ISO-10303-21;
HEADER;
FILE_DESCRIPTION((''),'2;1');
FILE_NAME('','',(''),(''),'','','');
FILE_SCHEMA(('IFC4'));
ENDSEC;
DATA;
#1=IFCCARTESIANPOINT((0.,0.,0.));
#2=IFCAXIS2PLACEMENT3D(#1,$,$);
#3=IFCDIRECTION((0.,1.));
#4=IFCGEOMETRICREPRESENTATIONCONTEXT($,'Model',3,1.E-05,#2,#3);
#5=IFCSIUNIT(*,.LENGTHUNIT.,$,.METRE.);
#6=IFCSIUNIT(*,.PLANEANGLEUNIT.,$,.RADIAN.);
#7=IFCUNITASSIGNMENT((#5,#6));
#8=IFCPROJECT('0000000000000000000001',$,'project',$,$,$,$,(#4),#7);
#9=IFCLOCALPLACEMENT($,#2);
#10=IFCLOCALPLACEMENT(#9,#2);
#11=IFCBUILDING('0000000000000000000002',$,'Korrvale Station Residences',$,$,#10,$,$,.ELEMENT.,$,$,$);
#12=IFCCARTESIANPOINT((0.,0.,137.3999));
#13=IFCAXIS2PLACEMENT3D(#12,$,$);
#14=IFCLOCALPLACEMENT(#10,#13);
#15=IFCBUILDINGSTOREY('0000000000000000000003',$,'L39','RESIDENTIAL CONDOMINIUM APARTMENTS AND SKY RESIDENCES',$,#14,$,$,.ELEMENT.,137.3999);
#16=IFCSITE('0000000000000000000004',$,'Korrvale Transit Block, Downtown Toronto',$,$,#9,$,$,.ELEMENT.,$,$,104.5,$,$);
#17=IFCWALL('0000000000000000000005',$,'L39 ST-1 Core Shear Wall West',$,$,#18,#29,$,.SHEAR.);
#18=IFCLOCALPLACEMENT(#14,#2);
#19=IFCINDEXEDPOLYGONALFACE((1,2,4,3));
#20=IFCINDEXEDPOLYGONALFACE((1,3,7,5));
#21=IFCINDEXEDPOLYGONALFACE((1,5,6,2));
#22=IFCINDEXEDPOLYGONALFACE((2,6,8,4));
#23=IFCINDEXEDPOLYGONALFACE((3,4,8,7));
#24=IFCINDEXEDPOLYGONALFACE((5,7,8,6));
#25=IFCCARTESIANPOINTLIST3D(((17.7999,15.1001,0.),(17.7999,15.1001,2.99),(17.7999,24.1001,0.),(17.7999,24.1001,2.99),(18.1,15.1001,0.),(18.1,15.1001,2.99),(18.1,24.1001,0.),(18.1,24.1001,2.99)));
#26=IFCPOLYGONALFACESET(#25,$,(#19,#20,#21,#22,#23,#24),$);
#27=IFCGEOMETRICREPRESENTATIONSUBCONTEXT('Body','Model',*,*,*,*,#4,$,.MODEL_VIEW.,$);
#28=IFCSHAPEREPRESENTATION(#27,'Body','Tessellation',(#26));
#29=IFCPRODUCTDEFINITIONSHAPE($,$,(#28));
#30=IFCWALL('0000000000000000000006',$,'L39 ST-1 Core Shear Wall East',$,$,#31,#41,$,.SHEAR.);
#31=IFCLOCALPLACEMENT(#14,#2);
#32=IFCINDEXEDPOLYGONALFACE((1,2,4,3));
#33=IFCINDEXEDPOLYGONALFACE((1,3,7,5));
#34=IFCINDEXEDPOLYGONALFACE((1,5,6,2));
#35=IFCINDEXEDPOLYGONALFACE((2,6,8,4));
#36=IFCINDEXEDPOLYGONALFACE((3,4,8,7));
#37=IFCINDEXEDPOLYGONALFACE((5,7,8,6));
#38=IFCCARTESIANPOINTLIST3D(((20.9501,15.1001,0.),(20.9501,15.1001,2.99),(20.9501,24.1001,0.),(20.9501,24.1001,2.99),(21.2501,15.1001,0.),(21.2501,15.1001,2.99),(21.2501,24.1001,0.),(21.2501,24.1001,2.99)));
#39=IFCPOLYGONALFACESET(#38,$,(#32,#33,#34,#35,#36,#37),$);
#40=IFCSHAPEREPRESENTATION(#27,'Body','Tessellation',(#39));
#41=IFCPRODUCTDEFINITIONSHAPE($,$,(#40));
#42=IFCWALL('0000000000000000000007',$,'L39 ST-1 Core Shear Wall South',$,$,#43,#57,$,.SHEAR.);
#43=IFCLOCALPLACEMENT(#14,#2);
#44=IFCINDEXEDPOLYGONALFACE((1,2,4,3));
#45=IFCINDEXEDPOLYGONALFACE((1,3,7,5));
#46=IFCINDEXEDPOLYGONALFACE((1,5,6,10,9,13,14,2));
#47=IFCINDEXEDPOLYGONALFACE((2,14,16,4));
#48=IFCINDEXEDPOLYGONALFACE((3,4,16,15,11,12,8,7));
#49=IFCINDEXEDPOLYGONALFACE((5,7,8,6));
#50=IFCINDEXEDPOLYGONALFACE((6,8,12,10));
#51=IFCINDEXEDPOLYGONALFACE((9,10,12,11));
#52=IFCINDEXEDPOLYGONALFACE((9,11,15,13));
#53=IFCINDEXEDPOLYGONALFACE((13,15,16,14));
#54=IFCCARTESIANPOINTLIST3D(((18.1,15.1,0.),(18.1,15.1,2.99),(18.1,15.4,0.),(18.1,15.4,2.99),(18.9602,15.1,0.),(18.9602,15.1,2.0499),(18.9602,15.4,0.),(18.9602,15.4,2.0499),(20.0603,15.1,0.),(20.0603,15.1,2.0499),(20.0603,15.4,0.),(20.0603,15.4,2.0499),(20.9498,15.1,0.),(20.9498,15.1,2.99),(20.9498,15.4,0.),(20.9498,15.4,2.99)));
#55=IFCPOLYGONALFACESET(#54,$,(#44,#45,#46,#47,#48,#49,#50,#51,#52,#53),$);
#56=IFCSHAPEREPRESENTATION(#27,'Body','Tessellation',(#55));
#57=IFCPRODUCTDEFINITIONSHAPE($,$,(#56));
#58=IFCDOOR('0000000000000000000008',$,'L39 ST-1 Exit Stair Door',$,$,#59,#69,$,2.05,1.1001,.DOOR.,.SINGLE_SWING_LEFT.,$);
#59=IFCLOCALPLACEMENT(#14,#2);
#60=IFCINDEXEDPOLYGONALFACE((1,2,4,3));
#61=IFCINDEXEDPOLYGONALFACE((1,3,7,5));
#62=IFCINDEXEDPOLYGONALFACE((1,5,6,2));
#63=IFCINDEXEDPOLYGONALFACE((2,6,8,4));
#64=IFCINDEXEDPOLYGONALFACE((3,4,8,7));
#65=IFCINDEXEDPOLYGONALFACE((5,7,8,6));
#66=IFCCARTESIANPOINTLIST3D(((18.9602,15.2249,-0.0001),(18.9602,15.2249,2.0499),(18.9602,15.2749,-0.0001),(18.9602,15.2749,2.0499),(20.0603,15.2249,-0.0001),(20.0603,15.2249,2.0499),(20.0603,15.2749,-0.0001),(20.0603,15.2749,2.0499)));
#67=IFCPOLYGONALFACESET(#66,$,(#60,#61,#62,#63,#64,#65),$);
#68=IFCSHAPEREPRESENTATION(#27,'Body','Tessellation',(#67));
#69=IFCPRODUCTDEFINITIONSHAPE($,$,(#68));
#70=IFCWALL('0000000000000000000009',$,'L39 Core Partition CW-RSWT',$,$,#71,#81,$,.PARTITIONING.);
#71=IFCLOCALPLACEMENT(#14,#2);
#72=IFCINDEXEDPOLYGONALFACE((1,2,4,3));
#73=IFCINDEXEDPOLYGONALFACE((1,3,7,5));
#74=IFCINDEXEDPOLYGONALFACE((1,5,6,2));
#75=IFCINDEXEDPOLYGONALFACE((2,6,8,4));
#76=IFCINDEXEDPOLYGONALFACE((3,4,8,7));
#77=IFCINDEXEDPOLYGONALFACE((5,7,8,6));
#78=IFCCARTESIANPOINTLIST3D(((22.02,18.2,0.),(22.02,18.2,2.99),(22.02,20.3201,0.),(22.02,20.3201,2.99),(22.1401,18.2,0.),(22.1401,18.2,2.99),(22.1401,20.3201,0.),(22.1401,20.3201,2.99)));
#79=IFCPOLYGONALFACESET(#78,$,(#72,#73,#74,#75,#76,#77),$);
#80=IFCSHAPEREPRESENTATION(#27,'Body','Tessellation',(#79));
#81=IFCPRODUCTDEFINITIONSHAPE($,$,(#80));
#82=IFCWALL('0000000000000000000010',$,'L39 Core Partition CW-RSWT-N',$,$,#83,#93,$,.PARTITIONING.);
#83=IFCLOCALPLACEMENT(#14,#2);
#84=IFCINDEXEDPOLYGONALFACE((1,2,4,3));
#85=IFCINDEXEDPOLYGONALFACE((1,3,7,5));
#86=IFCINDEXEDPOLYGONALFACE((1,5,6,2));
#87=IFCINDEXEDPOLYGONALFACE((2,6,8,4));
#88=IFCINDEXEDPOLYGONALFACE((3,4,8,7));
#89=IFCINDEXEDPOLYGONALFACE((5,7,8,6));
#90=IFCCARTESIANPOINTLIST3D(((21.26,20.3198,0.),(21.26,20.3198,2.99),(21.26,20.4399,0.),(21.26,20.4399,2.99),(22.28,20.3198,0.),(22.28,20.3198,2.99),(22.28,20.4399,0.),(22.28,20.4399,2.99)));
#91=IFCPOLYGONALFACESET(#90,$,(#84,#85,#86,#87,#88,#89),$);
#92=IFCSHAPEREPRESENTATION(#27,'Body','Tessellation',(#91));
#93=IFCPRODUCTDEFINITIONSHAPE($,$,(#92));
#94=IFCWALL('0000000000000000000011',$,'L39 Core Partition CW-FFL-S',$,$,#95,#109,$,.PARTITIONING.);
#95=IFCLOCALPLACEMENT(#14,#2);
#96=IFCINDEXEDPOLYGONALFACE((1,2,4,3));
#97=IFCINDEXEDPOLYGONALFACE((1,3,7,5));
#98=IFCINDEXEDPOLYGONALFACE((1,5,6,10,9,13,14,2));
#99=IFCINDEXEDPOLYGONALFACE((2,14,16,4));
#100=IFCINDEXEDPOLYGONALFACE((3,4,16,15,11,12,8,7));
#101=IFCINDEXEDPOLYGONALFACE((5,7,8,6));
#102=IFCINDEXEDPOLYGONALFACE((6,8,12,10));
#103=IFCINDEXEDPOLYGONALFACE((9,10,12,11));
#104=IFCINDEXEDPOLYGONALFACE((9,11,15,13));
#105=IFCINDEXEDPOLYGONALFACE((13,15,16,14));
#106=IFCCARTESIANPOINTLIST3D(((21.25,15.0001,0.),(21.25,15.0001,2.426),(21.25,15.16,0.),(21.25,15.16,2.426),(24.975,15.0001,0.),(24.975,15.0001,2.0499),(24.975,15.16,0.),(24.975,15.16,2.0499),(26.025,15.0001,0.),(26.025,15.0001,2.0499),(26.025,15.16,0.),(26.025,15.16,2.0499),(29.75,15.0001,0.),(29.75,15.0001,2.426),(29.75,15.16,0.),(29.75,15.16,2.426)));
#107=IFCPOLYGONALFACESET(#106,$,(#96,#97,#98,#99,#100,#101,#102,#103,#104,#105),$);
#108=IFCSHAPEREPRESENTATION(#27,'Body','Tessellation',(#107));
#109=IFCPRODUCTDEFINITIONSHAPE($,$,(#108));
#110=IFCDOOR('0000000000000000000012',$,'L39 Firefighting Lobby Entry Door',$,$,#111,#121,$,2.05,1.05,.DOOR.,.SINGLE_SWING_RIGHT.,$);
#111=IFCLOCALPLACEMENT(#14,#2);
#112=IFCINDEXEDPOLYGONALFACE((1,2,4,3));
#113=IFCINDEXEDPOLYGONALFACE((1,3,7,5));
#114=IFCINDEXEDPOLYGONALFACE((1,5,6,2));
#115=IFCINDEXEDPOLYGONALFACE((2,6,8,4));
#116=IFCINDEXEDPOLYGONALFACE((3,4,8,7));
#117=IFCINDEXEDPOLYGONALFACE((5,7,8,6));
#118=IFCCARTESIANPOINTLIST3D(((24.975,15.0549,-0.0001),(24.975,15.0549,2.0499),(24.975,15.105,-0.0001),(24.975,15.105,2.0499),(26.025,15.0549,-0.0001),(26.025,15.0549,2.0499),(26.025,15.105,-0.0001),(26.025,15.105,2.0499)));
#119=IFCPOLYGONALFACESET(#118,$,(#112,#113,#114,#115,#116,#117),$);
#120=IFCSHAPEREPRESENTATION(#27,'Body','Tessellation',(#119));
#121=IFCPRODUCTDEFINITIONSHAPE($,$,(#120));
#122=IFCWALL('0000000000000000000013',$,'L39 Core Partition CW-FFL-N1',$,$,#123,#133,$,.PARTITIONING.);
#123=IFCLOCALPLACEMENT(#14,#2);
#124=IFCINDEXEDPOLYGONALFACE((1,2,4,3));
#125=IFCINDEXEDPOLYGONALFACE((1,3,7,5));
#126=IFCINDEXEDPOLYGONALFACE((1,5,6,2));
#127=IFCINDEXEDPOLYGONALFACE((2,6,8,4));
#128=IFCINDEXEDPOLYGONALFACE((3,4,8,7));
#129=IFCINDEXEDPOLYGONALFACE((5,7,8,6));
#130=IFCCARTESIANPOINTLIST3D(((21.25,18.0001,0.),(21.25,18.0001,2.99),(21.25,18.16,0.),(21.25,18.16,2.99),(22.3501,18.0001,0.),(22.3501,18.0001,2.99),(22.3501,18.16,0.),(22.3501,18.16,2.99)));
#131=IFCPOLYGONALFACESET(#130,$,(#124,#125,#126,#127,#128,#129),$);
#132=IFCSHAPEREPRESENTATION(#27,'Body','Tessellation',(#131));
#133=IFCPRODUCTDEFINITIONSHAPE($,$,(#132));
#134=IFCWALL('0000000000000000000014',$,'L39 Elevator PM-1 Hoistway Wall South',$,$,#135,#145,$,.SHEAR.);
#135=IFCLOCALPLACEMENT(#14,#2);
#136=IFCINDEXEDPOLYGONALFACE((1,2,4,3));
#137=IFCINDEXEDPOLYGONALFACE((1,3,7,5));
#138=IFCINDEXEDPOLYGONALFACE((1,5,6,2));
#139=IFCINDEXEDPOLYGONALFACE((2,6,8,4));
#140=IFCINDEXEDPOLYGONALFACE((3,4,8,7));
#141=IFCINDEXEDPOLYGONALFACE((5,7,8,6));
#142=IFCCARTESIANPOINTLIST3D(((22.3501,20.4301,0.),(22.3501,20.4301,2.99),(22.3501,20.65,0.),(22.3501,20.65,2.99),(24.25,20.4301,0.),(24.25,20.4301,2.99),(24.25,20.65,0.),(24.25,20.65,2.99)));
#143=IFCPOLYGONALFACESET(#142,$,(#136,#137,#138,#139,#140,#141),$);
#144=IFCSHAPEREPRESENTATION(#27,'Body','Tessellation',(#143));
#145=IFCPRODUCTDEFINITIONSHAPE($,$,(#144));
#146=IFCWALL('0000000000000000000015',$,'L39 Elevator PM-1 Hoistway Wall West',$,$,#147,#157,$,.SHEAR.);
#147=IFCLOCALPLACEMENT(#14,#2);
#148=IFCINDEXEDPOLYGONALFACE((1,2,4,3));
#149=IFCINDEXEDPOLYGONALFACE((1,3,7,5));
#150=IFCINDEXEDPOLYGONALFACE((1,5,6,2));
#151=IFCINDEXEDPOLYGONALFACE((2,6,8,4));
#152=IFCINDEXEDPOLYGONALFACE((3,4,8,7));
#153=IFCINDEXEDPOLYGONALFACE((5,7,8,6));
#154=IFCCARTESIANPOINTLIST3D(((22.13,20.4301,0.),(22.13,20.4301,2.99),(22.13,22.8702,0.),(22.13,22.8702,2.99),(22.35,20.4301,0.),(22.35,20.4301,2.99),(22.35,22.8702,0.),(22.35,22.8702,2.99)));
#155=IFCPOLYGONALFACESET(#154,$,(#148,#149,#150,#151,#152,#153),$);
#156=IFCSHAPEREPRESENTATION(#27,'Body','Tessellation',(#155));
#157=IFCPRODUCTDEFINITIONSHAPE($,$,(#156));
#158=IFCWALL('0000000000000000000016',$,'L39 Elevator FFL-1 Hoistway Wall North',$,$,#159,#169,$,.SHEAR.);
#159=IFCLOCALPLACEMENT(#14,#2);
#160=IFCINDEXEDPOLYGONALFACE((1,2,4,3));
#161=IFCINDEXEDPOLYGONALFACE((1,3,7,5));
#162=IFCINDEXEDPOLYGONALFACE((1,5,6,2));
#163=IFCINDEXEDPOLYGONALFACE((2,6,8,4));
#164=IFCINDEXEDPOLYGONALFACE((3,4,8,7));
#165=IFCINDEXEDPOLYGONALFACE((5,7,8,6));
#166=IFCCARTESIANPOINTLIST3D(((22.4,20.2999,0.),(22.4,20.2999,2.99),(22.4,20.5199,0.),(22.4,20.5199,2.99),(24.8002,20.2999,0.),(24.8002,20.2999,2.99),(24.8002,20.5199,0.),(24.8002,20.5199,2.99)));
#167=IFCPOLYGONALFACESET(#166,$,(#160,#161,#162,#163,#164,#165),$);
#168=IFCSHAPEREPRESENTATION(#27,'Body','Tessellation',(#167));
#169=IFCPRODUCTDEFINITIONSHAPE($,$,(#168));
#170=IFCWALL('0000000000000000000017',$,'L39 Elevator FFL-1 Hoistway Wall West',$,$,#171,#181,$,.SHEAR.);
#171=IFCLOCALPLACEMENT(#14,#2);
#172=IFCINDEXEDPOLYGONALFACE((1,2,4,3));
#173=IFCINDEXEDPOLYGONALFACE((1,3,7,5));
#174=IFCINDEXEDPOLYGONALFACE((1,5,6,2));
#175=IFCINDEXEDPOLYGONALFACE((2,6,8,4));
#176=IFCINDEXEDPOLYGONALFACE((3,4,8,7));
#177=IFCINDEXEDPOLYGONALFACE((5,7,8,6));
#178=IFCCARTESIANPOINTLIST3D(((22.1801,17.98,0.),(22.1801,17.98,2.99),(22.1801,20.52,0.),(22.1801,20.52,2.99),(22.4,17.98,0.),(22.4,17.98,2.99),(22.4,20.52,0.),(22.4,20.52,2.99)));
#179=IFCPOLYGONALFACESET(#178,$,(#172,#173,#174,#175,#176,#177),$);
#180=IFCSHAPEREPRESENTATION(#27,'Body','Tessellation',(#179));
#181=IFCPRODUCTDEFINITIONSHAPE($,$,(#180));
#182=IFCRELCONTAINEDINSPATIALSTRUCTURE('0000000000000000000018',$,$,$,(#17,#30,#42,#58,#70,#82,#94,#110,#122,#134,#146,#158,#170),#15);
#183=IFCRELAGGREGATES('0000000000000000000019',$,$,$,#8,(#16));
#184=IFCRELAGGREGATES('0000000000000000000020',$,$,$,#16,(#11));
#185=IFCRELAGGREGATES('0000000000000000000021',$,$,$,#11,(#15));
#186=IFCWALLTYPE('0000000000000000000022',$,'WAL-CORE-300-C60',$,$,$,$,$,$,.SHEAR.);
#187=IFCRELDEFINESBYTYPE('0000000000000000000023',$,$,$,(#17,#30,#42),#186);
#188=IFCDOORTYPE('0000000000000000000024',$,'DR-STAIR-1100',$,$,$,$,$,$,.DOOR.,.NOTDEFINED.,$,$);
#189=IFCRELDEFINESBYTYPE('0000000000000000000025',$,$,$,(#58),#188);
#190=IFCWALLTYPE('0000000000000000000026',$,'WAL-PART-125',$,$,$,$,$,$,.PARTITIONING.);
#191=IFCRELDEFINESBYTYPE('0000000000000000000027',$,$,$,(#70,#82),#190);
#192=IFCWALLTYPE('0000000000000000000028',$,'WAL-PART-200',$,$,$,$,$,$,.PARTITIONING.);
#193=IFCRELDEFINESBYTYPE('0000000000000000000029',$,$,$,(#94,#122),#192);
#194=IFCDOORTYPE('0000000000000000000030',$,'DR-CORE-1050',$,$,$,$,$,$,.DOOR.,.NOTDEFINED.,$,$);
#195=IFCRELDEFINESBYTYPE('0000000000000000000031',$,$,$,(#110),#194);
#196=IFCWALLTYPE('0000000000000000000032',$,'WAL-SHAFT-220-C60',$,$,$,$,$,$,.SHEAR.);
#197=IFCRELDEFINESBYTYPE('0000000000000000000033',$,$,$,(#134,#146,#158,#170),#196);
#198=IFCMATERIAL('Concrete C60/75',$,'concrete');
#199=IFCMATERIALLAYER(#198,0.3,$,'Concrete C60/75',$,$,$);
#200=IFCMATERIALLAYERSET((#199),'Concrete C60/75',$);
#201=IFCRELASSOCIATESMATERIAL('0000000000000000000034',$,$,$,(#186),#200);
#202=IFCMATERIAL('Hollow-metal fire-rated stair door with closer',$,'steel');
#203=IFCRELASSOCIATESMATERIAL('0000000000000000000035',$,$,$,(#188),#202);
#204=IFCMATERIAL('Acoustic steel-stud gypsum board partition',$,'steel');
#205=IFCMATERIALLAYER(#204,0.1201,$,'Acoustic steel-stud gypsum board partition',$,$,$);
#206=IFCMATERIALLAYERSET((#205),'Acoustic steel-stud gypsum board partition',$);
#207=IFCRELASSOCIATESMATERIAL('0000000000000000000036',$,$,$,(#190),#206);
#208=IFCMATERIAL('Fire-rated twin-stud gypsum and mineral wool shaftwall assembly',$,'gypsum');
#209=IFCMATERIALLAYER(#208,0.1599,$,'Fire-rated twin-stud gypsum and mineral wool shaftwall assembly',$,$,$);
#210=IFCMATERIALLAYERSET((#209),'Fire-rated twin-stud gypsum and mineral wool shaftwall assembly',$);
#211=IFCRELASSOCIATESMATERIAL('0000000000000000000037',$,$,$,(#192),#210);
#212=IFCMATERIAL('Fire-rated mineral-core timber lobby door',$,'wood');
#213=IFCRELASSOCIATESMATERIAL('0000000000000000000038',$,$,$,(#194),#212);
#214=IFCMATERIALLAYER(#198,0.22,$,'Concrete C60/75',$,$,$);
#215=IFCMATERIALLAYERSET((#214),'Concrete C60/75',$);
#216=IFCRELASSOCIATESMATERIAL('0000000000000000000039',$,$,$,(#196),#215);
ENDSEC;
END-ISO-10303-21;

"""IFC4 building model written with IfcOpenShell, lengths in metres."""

from ifc_helpers import new_model, si_unit, direction, frame, frame_2d, origin, place, context, subcontext, project, spatial, rectangle, extrude, material, layer, layer_set, type_object, element, fill, save


model = new_model("IFC4")

# Units and contexts
model_context = context("Model", 3, precision=1e-05, world=origin(), true_north=direction((0.0, 1.0)))
body_context = subcontext(model_context, "Body", "Model", "MODEL_VIEW")
ifc_project = project(units=[si_unit("LENGTHUNIT", "METRE"), si_unit("PLANEANGLEUNIT", "RADIAN")], contexts=[model_context])

# Site, building, storey
site_placement = place(None, origin())
site = spatial("IfcSite", under=ifc_project, at=site_placement, Name="Korrvale Transit Block, Downtown Toronto", CompositionType="ELEMENT", RefElevation=104.5)
building_placement = place(site_placement, origin())
building = spatial("IfcBuilding", under=site, at=building_placement, Name="Korrvale Station Residences", CompositionType="ELEMENT")
storey_placement = place(building_placement, frame((0.0, 0.0, 137.3999)))
storey = spatial("IfcBuildingStorey", under=building, at=storey_placement, Name="L39", Description="RESIDENTIAL CONDOMINIUM APARTMENTS AND SKY RESIDENCES", CompositionType="ELEMENT", Elevation=137.3999)

# Walls
ifc_material_1 = material(Name="Concrete C60/75", Category="concrete")
ifc_layer_1 = layer(ifc_material_1, 0.3, Name="Concrete C60/75")
ifc_layer_set_1 = layer_set([ifc_layer_1], Name="Concrete C60/75")
wall_type_1 = type_object("IfcWallType", Name="WAL-CORE-300-C60", PredefinedType="SHEAR", material=ifc_layer_set_1)
for number, where, z_axis, x_axis, name in (
    (1, (17.95, 15.1001, 0.0), (0.0, 0.0, 1.0), (0.0, 1.0, 0.0), "L39 ST-1 Core Shear Wall West"),
    (2, (21.1001, 15.1001, 0.0), (0.0, 0.0, 1.0), (0.0, 1.0, 0.0), "L39 ST-1 Core Shear Wall East"),
):
    element("IfcWall", number, at=place(storey_placement, frame(where, z_axis=z_axis, x_axis=x_axis)), inside=storey, type_object=wall_type_1, Name=name, PredefinedType="SHEAR", context=body_context, shape_type="SweptSolid", body=[
        extrude(rectangle(XDim=9.0, YDim=0.3, at=frame_2d((4.5, 0.0))), origin(), (0.0, 0.0, 1.0), 2.99),
    ])

# Wall, opening, door
wall_1_placement = place(storey_placement, frame((18.1001, 15.25, 0.0), z_axis=(0.0, 0.0, 1.0), x_axis=(1.0, 0.0, 0.0)))
wall_1 = element("IfcWall", 3, at=wall_1_placement, inside=storey, type_object=wall_type_1, Name="L39 ST-1 Core Shear Wall South", PredefinedType="SHEAR", context=body_context, shape_type="SweptSolid", body=[
    extrude(rectangle(XDim=2.8499, YDim=0.3, at=frame_2d((1.4248, 0.0))), origin(), (0.0, 0.0, 1.0), 2.99),
])
opening_1_placement = place(wall_1_placement, frame((0.8601, 0.0, 0.0)))
opening_1 = element("IfcOpeningElement", 4, at=opening_1_placement, cuts=wall_1, PredefinedType="OPENING", context=body_context, shape_type="SweptSolid", body=[
    extrude(rectangle(XDim=1.1001, YDim=2.05, at=frame_2d((0.55, 1.0249))), frame((0.0, 0.1602, 0.0), z_axis=(0.0, -1.0, 0.0), x_axis=(1.0, 0.0, 0.0)), (0.0, 0.0, 1.0), 0.3201),
])
ifc_material_2 = material(Name="Hollow-metal fire-rated stair door with closer", Category="steel")
door_type_1 = type_object("IfcDoorType", Name="DR-STAIR-1100", OperationType="NOTDEFINED", PredefinedType="DOOR", material=ifc_material_2)
door_1_placement = place(opening_1_placement, origin())
door_1 = element("IfcDoor", 5, at=door_1_placement, inside=storey, type_object=door_type_1, Name="L39 ST-1 Exit Stair Door", OperationType="SINGLE_SWING_LEFT", OverallHeight=2.05, OverallWidth=1.1001, PredefinedType="DOOR", context=body_context, shape_type="SweptSolid", body=[
    extrude(rectangle(XDim=1.1001, YDim=2.05, at=frame_2d((0.55, 1.0249))), frame((0.0, 0.0249, 0.0), z_axis=(0.0, -1.0, 0.0), x_axis=(1.0, 0.0, 0.0)), (0.0, 0.0, 1.0), 0.05),
])
fill(opening_1, door_1)

# Walls
ifc_material_3 = material(Name="Acoustic steel-stud gypsum board partition", Category="steel")
ifc_layer_2 = layer(ifc_material_3, 0.1201, Name="Acoustic steel-stud gypsum board partition")
ifc_layer_set_2 = layer_set([ifc_layer_2], Name="Acoustic steel-stud gypsum board partition")
wall_type_2 = type_object("IfcWallType", Name="WAL-PART-125", PredefinedType="PARTITIONING", material=ifc_layer_set_2)
wall_2_placement = place(storey_placement, frame((22.0801, 18.2, 0.0), z_axis=(0.0, 0.0, 1.0), x_axis=(0.0, 1.0, 0.0)))
element("IfcWall", 6, at=wall_2_placement, inside=storey, type_object=wall_type_2, Name="L39 Core Partition CW-RSWT", PredefinedType="PARTITIONING", context=body_context, shape_type="SweptSolid", body=[
    extrude(rectangle(XDim=2.1201, YDim=0.1201, at=frame_2d((1.0601, 0.0))), origin(), (0.0, 0.0, 1.0), 2.99),
])
wall_3_placement = place(storey_placement, frame((22.28, 20.3799, 0.0), z_axis=(0.0, 0.0, 1.0), x_axis=(-1.0, 0.0, 0.0)))
element("IfcWall", 7, at=wall_3_placement, inside=storey, type_object=wall_type_2, Name="L39 Core Partition CW-RSWT-N", PredefinedType="PARTITIONING", context=body_context, shape_type="SweptSolid", body=[
    extrude(rectangle(XDim=1.02, YDim=0.1201, at=frame_2d((0.51, 0.0))), origin(), (0.0, 0.0, 1.0), 2.99),
])

# Wall, opening, door
ifc_material_4 = material(Name="Fire-rated twin-stud gypsum and mineral wool shaftwall assembly", Category="gypsum")
ifc_layer_3 = layer(ifc_material_4, 0.1599, Name="Fire-rated twin-stud gypsum and mineral wool shaftwall assembly")
ifc_layer_set_3 = layer_set([ifc_layer_3], Name="Fire-rated twin-stud gypsum and mineral wool shaftwall assembly")
wall_type_3 = type_object("IfcWallType", Name="WAL-PART-200", PredefinedType="PARTITIONING", material=ifc_layer_set_3)
wall_4_placement = place(storey_placement, frame((21.25, 15.0801, 0.0), z_axis=(0.0, 0.0, 1.0), x_axis=(1.0, 0.0, 0.0)))
wall_4 = element("IfcWall", 8, at=wall_4_placement, inside=storey, type_object=wall_type_3, Name="L39 Core Partition CW-FFL-S", PredefinedType="PARTITIONING", context=body_context, shape_type="SweptSolid", body=[
    extrude(rectangle(XDim=8.5, YDim=0.1599, at=frame_2d((4.25, 0.0))), origin(), (0.0, 0.0, 1.0), 2.426),
])
opening_2_placement = place(wall_4_placement, frame((3.7251, 0.0, 0.0)))
opening_2 = element("IfcOpeningElement", 9, at=opening_2_placement, cuts=wall_4, PredefinedType="OPENING", context=body_context, shape_type="SweptSolid", body=[
    extrude(rectangle(XDim=1.05, YDim=2.05, at=frame_2d((0.5249, 1.0249))), frame((0.0, 0.0898, 0.0), z_axis=(0.0, -1.0, 0.0), x_axis=(1.0, 0.0, 0.0)), (0.0, 0.0, 1.0), 0.1799),
])
ifc_material_5 = material(Name="Fire-rated mineral-core timber lobby door", Category="wood")
door_type_2 = type_object("IfcDoorType", Name="DR-CORE-1050", OperationType="NOTDEFINED", PredefinedType="DOOR", material=ifc_material_5)
door_2_placement = place(opening_2_placement, origin())
door_2 = element("IfcDoor", 10, at=door_2_placement, inside=storey, type_object=door_type_2, Name="L39 Firefighting Lobby Entry Door", OperationType="SINGLE_SWING_RIGHT", OverallHeight=2.05, OverallWidth=1.05, PredefinedType="DOOR", context=body_context, shape_type="SweptSolid", body=[
    extrude(rectangle(XDim=1.05, YDim=2.05, at=frame_2d((0.5249, 1.0249))), frame((0.0, 0.0249, 0.0), z_axis=(0.0, -1.0, 0.0), x_axis=(1.0, 0.0, 0.0)), (0.0, 0.0, 1.0), 0.05),
])
fill(opening_2, door_2)

# Walls
wall_5_placement = place(storey_placement, frame((21.25, 18.0801, 0.0), z_axis=(0.0, 0.0, 1.0), x_axis=(1.0, 0.0, 0.0)))
element("IfcWall", 11, at=wall_5_placement, inside=storey, type_object=wall_type_3, Name="L39 Core Partition CW-FFL-N1", PredefinedType="PARTITIONING", context=body_context, shape_type="SweptSolid", body=[
    extrude(rectangle(XDim=1.1001, YDim=0.1599, at=frame_2d((0.55, 0.0))), origin(), (0.0, 0.0, 1.0), 2.99),
])
ifc_layer_4 = layer(ifc_material_1, 0.22, Name="Concrete C60/75")
ifc_layer_set_4 = layer_set([ifc_layer_4], Name="Concrete C60/75")
wall_type_4 = type_object("IfcWallType", Name="WAL-SHAFT-220-C60", PredefinedType="SHEAR", material=ifc_layer_set_4)
wall_6_placement = place(storey_placement, frame((22.3501, 20.54, 0.0), z_axis=(0.0, 0.0, 1.0), x_axis=(1.0, 0.0, 0.0)))
element("IfcWall", 12, at=wall_6_placement, inside=storey, type_object=wall_type_4, Name="L39 Elevator PM-1 Hoistway Wall South", PredefinedType="SHEAR", context=body_context, shape_type="SweptSolid", body=[
    extrude(rectangle(XDim=1.8999, YDim=0.22, at=frame_2d((0.95, 0.0))), origin(), (0.0, 0.0, 1.0), 2.99),
])
wall_7_placement = place(storey_placement, frame((22.24, 20.4299, 0.0), z_axis=(0.0, 0.0, 1.0), x_axis=(0.0, 1.0, 0.0)))
element("IfcWall", 13, at=wall_7_placement, inside=storey, type_object=wall_type_4, Name="L39 Elevator PM-1 Hoistway Wall West", PredefinedType="SHEAR", context=body_context, shape_type="SweptSolid", body=[
    extrude(rectangle(XDim=2.4402, YDim=0.22, at=frame_2d((1.2202, 0.0))), origin(), (0.0, 0.0, 1.0), 2.99),
])

# Walls
wall_8_placement = place(storey_placement, frame((22.3999, 20.4099, 0.0), z_axis=(0.0, 0.0, 1.0), x_axis=(1.0, 0.0, 0.0)))
element("IfcWall", 14, at=wall_8_placement, inside=storey, type_object=wall_type_4, Name="L39 Elevator FFL-1 Hoistway Wall North", PredefinedType="SHEAR", context=body_context, shape_type="SweptSolid", body=[
    extrude(rectangle(XDim=2.4001, YDim=0.22, at=frame_2d((1.2002, 0.0))), origin(), (0.0, 0.0, 1.0), 2.99),
])
wall_9_placement = place(storey_placement, frame((22.29, 17.98, 0.0), z_axis=(0.0, 0.0, 1.0), x_axis=(0.0, 1.0, 0.0)))
element("IfcWall", 15, at=wall_9_placement, inside=storey, type_object=wall_type_4, Name="L39 Elevator FFL-1 Hoistway Wall West", PredefinedType="SHEAR", context=body_context, shape_type="SweptSolid", body=[
    extrude(rectangle(XDim=2.54, YDim=0.22, at=frame_2d((1.27, 0.0))), origin(), (0.0, 0.0, 1.0), 2.99),
])

save(model, "model.ifc")
